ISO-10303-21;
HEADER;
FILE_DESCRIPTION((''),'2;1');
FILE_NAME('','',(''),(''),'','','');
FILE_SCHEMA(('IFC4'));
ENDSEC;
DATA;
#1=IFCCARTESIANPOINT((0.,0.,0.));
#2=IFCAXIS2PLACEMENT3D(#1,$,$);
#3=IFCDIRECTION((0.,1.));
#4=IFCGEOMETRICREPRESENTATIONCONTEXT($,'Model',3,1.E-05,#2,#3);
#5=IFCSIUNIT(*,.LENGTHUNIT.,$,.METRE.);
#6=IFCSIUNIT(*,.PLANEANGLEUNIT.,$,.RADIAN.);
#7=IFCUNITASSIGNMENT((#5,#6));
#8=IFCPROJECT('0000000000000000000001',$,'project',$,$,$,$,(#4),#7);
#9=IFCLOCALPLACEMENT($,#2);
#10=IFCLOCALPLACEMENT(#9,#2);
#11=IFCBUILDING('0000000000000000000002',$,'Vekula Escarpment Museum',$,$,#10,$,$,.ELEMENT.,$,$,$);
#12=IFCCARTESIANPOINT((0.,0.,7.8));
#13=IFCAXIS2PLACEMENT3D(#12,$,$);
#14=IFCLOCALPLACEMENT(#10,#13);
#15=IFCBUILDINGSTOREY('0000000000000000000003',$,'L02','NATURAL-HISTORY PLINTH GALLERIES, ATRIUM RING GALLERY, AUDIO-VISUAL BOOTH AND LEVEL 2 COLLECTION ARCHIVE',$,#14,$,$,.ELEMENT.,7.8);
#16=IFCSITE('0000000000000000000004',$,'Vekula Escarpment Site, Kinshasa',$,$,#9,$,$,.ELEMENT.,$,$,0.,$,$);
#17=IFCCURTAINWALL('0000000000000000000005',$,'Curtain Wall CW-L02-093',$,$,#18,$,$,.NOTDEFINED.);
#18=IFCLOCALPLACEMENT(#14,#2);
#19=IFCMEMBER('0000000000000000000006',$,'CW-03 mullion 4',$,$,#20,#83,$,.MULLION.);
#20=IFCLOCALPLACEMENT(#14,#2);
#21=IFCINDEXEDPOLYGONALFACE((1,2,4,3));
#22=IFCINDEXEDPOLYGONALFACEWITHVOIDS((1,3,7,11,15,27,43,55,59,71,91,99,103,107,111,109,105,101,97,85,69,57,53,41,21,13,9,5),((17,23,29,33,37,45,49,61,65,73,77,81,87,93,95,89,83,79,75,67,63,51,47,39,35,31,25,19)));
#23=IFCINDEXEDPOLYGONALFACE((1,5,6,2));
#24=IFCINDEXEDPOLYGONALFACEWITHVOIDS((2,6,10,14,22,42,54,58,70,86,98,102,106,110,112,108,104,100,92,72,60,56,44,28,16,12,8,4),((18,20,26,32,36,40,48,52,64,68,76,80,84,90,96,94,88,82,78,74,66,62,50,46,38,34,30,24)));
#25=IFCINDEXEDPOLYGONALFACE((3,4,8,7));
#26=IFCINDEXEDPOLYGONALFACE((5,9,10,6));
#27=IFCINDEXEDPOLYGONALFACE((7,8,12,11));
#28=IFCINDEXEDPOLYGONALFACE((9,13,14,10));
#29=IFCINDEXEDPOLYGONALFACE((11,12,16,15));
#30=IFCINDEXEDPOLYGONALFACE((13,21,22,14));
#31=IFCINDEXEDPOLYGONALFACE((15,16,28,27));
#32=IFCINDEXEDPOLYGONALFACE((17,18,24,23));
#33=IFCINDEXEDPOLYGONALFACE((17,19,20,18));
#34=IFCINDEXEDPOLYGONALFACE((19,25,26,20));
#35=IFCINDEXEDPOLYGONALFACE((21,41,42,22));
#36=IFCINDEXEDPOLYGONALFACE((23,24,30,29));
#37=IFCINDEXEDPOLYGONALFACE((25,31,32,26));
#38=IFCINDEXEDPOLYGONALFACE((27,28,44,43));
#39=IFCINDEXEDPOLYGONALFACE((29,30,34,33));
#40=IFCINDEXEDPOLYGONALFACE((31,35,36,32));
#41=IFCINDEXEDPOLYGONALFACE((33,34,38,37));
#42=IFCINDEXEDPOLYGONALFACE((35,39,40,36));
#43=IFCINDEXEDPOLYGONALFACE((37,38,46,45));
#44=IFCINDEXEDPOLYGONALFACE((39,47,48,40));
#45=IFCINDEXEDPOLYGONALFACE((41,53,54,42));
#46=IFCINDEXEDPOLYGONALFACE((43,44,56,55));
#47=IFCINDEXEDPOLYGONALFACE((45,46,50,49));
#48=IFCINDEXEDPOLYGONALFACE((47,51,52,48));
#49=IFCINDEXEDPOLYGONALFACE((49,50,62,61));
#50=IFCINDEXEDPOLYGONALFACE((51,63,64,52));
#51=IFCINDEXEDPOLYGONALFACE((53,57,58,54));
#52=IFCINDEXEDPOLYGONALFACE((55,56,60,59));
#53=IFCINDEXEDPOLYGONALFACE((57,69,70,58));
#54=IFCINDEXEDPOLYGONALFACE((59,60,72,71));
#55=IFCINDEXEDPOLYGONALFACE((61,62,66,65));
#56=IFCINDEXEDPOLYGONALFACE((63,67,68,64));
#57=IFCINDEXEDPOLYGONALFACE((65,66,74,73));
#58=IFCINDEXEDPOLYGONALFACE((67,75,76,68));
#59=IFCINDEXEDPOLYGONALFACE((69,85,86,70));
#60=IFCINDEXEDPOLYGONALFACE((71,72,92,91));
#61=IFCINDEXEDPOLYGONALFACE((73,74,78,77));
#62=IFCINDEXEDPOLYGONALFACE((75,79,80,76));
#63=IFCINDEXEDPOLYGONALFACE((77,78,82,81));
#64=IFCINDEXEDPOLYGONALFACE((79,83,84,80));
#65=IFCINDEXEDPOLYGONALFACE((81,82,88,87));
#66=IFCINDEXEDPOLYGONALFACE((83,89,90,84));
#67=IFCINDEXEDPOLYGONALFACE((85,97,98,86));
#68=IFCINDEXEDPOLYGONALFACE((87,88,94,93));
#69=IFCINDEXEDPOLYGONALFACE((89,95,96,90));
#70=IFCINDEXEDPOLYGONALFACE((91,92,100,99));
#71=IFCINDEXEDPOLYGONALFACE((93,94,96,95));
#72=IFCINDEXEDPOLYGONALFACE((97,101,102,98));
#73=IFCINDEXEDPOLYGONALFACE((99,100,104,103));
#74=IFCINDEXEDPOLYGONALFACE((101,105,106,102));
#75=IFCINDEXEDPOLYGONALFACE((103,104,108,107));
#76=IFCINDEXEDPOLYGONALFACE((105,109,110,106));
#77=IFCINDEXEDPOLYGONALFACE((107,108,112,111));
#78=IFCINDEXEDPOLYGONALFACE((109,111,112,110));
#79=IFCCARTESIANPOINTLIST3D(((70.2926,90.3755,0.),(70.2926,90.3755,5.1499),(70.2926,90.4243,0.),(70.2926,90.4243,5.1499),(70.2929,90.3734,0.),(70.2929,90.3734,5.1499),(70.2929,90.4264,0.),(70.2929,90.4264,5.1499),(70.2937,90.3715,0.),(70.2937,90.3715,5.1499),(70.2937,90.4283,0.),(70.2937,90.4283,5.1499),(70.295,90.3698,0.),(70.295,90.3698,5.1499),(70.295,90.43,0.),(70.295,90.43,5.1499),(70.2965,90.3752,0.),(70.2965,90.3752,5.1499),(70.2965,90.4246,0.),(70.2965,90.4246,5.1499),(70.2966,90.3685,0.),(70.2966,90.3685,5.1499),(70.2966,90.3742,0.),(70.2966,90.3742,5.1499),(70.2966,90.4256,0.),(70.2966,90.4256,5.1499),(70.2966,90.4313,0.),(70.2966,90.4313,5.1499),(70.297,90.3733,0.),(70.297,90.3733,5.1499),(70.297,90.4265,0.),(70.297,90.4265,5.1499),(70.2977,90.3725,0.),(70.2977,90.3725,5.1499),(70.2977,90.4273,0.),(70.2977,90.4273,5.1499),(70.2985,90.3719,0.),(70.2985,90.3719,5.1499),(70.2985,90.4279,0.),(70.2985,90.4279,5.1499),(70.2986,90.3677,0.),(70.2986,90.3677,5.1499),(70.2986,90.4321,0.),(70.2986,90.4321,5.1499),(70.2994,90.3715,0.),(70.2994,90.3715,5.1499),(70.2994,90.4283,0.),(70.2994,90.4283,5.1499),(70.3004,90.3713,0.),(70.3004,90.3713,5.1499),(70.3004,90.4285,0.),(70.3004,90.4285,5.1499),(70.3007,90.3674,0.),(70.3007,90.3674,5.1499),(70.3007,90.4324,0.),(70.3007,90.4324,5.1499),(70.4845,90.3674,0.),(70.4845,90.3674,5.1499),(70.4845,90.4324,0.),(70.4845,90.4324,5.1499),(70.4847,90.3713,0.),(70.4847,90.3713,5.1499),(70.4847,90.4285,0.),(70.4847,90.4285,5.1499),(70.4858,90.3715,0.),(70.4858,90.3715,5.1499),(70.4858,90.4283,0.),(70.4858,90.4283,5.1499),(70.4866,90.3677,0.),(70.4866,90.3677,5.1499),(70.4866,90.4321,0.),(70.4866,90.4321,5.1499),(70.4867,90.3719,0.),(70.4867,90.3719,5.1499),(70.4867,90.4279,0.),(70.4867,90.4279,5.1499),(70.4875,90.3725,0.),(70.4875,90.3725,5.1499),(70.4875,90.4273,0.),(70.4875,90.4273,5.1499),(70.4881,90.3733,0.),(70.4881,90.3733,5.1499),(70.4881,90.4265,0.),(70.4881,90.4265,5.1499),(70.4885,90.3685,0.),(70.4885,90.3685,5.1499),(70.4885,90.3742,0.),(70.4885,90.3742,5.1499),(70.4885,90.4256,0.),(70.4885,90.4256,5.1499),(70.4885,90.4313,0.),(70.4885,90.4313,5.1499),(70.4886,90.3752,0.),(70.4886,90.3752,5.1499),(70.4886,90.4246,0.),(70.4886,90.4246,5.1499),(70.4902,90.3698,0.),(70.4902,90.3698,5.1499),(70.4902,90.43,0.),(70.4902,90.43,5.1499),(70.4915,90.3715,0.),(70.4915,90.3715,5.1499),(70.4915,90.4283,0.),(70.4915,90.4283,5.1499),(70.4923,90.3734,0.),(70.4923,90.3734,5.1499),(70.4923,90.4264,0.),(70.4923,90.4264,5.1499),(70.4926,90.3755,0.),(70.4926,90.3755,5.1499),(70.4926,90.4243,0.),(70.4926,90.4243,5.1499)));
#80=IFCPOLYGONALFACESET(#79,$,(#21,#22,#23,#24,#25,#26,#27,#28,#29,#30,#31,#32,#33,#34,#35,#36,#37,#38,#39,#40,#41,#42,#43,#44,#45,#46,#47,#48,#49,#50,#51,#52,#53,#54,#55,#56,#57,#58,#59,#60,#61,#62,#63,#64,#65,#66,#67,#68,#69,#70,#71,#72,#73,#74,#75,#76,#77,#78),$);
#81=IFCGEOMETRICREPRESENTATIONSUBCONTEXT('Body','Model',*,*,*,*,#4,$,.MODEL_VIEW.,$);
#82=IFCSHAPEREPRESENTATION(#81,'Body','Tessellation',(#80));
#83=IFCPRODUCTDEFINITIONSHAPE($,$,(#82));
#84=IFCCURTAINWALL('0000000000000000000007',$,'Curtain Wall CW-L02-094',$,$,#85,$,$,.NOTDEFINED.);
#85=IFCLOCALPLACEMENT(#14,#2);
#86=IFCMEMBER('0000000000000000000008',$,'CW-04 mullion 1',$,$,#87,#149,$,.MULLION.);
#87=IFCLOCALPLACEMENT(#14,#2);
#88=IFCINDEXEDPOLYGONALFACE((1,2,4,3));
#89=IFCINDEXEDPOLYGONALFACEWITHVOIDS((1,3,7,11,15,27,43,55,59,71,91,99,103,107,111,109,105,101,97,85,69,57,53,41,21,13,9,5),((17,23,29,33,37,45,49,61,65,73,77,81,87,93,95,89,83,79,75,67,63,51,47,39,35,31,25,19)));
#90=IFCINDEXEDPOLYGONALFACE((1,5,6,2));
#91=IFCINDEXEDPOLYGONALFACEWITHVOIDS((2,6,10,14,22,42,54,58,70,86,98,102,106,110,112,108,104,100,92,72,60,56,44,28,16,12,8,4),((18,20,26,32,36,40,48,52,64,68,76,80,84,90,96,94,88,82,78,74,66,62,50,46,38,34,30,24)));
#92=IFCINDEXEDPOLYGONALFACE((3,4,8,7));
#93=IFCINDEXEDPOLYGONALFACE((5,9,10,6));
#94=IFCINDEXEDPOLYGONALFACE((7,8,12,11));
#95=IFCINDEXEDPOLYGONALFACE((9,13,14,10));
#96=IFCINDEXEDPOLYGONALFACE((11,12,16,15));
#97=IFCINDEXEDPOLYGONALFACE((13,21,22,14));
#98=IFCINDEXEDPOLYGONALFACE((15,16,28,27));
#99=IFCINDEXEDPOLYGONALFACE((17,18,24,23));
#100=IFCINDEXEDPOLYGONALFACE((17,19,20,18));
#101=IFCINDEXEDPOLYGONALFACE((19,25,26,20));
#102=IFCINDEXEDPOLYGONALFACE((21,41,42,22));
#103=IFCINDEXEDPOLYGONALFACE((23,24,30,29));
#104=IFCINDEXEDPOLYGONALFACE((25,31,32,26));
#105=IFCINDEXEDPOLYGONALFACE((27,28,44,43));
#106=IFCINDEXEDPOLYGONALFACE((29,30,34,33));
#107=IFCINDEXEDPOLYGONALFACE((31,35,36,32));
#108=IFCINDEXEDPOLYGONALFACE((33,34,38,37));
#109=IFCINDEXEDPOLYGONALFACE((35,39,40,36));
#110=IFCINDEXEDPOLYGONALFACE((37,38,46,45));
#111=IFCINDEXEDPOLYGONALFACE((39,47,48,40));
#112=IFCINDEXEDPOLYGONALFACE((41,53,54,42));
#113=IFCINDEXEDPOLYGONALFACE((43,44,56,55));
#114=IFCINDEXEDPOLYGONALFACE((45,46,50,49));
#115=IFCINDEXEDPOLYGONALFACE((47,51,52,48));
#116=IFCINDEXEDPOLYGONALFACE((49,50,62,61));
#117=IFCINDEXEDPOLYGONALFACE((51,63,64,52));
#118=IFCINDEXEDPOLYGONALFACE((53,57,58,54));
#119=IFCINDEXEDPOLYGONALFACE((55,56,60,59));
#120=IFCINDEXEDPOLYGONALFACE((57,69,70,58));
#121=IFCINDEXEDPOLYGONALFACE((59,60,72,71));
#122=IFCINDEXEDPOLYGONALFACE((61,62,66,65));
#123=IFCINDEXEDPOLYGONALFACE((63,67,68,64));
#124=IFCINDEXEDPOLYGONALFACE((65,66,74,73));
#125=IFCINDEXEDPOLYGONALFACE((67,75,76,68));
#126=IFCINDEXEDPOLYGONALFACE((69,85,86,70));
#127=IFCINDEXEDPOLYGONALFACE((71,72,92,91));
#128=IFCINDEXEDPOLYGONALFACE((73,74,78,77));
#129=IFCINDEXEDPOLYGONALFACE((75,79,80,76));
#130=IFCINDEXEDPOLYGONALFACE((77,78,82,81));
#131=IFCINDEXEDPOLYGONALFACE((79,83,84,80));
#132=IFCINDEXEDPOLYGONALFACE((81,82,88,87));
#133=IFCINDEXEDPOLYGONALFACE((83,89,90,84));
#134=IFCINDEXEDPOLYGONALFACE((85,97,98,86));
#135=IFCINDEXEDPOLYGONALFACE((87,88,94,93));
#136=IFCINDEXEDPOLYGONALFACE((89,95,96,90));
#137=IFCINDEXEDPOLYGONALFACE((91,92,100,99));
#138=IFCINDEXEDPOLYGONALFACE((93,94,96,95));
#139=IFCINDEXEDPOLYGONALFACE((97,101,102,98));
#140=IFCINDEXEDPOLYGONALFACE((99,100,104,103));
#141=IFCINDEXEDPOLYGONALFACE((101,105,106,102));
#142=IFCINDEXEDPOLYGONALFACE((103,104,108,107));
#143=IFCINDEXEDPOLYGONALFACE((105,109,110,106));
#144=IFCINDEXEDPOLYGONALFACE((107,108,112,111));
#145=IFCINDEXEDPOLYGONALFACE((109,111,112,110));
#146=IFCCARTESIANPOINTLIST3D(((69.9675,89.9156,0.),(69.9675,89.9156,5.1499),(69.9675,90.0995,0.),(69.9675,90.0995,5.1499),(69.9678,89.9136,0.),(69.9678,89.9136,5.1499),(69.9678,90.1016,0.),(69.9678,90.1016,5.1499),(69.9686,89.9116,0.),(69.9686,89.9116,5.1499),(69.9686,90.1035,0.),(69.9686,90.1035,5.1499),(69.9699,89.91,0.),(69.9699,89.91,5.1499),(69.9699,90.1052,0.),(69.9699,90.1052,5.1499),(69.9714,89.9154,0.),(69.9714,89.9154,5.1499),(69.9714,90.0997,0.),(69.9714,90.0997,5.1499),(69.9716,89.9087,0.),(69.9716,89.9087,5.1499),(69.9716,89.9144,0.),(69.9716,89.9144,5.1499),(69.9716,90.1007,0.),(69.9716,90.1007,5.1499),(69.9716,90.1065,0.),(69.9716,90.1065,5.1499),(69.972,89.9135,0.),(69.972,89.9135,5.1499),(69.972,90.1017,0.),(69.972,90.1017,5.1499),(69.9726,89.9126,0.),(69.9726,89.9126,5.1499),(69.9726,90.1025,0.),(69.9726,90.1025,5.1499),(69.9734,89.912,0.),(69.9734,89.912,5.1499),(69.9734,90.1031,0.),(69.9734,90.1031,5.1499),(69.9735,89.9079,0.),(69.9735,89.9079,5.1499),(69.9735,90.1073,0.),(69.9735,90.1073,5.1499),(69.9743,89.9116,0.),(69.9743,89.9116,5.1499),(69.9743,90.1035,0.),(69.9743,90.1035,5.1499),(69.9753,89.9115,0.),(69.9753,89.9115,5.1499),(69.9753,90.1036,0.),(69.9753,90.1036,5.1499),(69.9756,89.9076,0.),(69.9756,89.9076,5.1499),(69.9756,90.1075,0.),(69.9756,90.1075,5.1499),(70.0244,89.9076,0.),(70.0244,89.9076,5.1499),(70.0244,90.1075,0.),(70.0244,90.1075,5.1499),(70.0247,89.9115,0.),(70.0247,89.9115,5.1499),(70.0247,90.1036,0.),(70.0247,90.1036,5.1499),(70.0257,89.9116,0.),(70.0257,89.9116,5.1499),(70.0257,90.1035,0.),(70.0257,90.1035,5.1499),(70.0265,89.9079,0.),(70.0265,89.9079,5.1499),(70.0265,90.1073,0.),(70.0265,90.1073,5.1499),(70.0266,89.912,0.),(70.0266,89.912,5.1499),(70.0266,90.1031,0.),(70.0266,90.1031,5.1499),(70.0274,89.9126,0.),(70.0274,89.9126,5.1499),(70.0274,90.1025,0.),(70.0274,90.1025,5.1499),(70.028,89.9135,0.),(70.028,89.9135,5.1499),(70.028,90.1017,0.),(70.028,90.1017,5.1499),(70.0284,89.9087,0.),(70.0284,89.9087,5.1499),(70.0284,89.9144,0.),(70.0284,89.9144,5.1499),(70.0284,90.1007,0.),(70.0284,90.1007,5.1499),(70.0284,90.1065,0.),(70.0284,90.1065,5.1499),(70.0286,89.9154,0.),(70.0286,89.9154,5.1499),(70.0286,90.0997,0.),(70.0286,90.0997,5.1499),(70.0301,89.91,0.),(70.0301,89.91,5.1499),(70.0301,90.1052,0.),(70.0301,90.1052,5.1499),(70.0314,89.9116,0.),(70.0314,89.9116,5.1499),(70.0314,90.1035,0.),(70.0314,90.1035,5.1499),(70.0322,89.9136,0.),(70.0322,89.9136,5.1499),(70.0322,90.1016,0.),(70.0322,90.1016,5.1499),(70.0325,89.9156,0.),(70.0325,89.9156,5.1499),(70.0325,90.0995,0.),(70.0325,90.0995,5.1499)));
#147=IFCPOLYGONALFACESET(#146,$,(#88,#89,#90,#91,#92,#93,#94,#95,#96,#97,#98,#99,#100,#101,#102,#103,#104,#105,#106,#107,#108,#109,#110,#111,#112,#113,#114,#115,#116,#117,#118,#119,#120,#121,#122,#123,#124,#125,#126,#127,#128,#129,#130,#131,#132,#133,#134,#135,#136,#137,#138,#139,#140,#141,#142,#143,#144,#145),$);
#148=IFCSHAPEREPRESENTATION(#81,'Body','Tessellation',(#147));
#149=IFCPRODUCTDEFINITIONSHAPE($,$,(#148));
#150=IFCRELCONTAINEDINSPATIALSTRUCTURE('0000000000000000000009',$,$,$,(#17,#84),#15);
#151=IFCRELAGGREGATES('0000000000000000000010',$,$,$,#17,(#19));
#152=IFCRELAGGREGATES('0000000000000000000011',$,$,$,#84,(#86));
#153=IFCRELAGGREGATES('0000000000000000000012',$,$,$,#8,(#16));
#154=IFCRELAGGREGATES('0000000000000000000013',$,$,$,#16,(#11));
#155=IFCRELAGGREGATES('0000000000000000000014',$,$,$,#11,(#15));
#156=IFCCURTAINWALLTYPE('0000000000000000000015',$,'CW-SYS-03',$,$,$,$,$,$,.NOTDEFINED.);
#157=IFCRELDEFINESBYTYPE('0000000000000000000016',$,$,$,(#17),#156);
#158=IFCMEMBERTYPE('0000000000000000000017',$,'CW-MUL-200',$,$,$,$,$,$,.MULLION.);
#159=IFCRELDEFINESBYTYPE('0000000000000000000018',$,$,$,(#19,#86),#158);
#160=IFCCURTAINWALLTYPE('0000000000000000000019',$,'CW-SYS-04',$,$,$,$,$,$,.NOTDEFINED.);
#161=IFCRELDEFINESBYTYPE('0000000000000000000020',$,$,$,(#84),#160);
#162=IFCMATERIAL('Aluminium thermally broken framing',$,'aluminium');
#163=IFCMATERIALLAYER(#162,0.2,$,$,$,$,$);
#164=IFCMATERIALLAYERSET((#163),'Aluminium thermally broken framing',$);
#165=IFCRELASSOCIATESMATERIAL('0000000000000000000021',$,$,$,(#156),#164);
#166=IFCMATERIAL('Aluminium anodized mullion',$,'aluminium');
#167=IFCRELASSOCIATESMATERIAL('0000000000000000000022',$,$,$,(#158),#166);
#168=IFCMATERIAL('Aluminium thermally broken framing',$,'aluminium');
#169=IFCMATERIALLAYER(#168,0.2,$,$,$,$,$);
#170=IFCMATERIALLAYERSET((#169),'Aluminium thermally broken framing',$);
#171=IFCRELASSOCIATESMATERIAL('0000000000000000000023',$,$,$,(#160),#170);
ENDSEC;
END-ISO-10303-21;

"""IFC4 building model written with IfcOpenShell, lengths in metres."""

from ifc_helpers import new_model, si_unit, direction, frame, origin, origin_2d, place, context, subcontext, project, spatial, hollow_rectangle, extrude, material, layer, layer_set, material_profile, profile_set, type_object, element, aggregate, save


model = new_model("IFC4")

# Units and contexts
model_context = context("Model", 3, precision=1e-05, world=origin(), true_north=direction((0.0, 1.0)))
body_context = subcontext(model_context, "Body", "Model", "MODEL_VIEW")
ifc_project = project(units=[si_unit("LENGTHUNIT", "METRE"), si_unit("PLANEANGLEUNIT", "RADIAN")], contexts=[model_context])

# Site, building, storey
site_placement = place(None, origin())
site = spatial("IfcSite", under=ifc_project, at=site_placement, Name="Vekula Escarpment Site, Kinshasa", CompositionType="ELEMENT", RefElevation=0.0)
building_placement = place(site_placement, origin())
building = spatial("IfcBuilding", under=site, at=building_placement, Name="Vekula Escarpment Museum", CompositionType="ELEMENT")
storey_placement = place(building_placement, frame((0.0, 0.0, 7.8)))
storey = spatial("IfcBuildingStorey", under=building, at=storey_placement, Name="L02", Description="NATURAL-HISTORY PLINTH GALLERIES, ATRIUM RING GALLERY, AUDIO-VISUAL BOOTH AND LEVEL 2 COLLECTION ARCHIVE", CompositionType="ELEMENT", Elevation=7.8)

# Curtain wall, member
ifc_material_1 = material(Name="Aluminium thermally broken framing", Category="aluminium")
ifc_layer_1 = layer(ifc_material_1, 0.2)
ifc_layer_set_1 = layer_set([ifc_layer_1], Name="Aluminium thermally broken framing")
curtain_wall_type_1 = type_object("IfcCurtainWallType", Name="CW-SYS-03", PredefinedType="NOTDEFINED", material=ifc_layer_set_1)
curtain_wall_1_placement = place(storey_placement, origin())
curtain_wall_1 = element("IfcCurtainWall", 1, at=curtain_wall_1_placement, inside=storey, type_object=curtain_wall_type_1, Name="Curtain Wall CW-L02-093", PredefinedType="NOTDEFINED")
ifc_material_2 = material(Name="Aluminium anodized mullion", Category="aluminium")
ifc_material_profile_1 = material_profile(ifc_material_2, hollow_rectangle(XDim=0.0649, YDim=0.2, WallThickness=0.0039, InnerFilletRadius=0.0039, OuterFilletRadius=0.0081, at=origin_2d()), Name="ALU 200x65x4")
ifc_profile_set_1 = profile_set([ifc_material_profile_1], Name="Aluminium anodized mullion")
member_type_1 = type_object("IfcMemberType", Name="CW-MUL-200", PredefinedType="MULLION", material=ifc_profile_set_1)
member_1_placement = place(storey_placement, frame((70.3926, 90.3999, 0.0), z_axis=(0.0, 0.0, 1.0), x_axis=(0.0, -1.0, 0.0)))
member_1 = element("IfcMember", 2, at=member_1_placement, type_object=member_type_1, Name="CW-03 mullion 4", PredefinedType="MULLION", context=body_context, shape_type="SweptSolid", body=[
    extrude(hollow_rectangle(XDim=0.0649, YDim=0.2, WallThickness=0.0039, InnerFilletRadius=0.0039, OuterFilletRadius=0.0081, at=origin_2d()), origin(), (0.0, 0.0, 1.0), 5.1499),
])

# Curtain wall, member
ifc_material_3 = material(Name="Aluminium thermally broken framing", Category="aluminium")
ifc_layer_2 = layer(ifc_material_3, 0.2)
ifc_layer_set_2 = layer_set([ifc_layer_2], Name="Aluminium thermally broken framing")
curtain_wall_type_2 = type_object("IfcCurtainWallType", Name="CW-SYS-04", PredefinedType="NOTDEFINED", material=ifc_layer_set_2)
curtain_wall_2_placement = place(storey_placement, origin())
curtain_wall_2 = element("IfcCurtainWall", 3, at=curtain_wall_2_placement, inside=storey, type_object=curtain_wall_type_2, Name="Curtain Wall CW-L02-094", PredefinedType="NOTDEFINED")
member_2_placement = place(storey_placement, frame((70.0, 90.0076, 0.0), z_axis=(0.0, 0.0, 1.0), x_axis=(1.0, 0.0, 0.0)))
member_2 = element("IfcMember", 4, at=member_2_placement, type_object=member_type_1, Name="CW-04 mullion 1", PredefinedType="MULLION", context=body_context, shape_type="SweptSolid", body=[
    extrude(hollow_rectangle(XDim=0.0649, YDim=0.2, WallThickness=0.0039, InnerFilletRadius=0.0039, OuterFilletRadius=0.0081, at=origin_2d()), origin(), (0.0, 0.0, 1.0), 5.1499),
])

aggregate(curtain_wall_1, [member_1])
aggregate(curtain_wall_2, [member_2])

save(model, "model.ifc")
